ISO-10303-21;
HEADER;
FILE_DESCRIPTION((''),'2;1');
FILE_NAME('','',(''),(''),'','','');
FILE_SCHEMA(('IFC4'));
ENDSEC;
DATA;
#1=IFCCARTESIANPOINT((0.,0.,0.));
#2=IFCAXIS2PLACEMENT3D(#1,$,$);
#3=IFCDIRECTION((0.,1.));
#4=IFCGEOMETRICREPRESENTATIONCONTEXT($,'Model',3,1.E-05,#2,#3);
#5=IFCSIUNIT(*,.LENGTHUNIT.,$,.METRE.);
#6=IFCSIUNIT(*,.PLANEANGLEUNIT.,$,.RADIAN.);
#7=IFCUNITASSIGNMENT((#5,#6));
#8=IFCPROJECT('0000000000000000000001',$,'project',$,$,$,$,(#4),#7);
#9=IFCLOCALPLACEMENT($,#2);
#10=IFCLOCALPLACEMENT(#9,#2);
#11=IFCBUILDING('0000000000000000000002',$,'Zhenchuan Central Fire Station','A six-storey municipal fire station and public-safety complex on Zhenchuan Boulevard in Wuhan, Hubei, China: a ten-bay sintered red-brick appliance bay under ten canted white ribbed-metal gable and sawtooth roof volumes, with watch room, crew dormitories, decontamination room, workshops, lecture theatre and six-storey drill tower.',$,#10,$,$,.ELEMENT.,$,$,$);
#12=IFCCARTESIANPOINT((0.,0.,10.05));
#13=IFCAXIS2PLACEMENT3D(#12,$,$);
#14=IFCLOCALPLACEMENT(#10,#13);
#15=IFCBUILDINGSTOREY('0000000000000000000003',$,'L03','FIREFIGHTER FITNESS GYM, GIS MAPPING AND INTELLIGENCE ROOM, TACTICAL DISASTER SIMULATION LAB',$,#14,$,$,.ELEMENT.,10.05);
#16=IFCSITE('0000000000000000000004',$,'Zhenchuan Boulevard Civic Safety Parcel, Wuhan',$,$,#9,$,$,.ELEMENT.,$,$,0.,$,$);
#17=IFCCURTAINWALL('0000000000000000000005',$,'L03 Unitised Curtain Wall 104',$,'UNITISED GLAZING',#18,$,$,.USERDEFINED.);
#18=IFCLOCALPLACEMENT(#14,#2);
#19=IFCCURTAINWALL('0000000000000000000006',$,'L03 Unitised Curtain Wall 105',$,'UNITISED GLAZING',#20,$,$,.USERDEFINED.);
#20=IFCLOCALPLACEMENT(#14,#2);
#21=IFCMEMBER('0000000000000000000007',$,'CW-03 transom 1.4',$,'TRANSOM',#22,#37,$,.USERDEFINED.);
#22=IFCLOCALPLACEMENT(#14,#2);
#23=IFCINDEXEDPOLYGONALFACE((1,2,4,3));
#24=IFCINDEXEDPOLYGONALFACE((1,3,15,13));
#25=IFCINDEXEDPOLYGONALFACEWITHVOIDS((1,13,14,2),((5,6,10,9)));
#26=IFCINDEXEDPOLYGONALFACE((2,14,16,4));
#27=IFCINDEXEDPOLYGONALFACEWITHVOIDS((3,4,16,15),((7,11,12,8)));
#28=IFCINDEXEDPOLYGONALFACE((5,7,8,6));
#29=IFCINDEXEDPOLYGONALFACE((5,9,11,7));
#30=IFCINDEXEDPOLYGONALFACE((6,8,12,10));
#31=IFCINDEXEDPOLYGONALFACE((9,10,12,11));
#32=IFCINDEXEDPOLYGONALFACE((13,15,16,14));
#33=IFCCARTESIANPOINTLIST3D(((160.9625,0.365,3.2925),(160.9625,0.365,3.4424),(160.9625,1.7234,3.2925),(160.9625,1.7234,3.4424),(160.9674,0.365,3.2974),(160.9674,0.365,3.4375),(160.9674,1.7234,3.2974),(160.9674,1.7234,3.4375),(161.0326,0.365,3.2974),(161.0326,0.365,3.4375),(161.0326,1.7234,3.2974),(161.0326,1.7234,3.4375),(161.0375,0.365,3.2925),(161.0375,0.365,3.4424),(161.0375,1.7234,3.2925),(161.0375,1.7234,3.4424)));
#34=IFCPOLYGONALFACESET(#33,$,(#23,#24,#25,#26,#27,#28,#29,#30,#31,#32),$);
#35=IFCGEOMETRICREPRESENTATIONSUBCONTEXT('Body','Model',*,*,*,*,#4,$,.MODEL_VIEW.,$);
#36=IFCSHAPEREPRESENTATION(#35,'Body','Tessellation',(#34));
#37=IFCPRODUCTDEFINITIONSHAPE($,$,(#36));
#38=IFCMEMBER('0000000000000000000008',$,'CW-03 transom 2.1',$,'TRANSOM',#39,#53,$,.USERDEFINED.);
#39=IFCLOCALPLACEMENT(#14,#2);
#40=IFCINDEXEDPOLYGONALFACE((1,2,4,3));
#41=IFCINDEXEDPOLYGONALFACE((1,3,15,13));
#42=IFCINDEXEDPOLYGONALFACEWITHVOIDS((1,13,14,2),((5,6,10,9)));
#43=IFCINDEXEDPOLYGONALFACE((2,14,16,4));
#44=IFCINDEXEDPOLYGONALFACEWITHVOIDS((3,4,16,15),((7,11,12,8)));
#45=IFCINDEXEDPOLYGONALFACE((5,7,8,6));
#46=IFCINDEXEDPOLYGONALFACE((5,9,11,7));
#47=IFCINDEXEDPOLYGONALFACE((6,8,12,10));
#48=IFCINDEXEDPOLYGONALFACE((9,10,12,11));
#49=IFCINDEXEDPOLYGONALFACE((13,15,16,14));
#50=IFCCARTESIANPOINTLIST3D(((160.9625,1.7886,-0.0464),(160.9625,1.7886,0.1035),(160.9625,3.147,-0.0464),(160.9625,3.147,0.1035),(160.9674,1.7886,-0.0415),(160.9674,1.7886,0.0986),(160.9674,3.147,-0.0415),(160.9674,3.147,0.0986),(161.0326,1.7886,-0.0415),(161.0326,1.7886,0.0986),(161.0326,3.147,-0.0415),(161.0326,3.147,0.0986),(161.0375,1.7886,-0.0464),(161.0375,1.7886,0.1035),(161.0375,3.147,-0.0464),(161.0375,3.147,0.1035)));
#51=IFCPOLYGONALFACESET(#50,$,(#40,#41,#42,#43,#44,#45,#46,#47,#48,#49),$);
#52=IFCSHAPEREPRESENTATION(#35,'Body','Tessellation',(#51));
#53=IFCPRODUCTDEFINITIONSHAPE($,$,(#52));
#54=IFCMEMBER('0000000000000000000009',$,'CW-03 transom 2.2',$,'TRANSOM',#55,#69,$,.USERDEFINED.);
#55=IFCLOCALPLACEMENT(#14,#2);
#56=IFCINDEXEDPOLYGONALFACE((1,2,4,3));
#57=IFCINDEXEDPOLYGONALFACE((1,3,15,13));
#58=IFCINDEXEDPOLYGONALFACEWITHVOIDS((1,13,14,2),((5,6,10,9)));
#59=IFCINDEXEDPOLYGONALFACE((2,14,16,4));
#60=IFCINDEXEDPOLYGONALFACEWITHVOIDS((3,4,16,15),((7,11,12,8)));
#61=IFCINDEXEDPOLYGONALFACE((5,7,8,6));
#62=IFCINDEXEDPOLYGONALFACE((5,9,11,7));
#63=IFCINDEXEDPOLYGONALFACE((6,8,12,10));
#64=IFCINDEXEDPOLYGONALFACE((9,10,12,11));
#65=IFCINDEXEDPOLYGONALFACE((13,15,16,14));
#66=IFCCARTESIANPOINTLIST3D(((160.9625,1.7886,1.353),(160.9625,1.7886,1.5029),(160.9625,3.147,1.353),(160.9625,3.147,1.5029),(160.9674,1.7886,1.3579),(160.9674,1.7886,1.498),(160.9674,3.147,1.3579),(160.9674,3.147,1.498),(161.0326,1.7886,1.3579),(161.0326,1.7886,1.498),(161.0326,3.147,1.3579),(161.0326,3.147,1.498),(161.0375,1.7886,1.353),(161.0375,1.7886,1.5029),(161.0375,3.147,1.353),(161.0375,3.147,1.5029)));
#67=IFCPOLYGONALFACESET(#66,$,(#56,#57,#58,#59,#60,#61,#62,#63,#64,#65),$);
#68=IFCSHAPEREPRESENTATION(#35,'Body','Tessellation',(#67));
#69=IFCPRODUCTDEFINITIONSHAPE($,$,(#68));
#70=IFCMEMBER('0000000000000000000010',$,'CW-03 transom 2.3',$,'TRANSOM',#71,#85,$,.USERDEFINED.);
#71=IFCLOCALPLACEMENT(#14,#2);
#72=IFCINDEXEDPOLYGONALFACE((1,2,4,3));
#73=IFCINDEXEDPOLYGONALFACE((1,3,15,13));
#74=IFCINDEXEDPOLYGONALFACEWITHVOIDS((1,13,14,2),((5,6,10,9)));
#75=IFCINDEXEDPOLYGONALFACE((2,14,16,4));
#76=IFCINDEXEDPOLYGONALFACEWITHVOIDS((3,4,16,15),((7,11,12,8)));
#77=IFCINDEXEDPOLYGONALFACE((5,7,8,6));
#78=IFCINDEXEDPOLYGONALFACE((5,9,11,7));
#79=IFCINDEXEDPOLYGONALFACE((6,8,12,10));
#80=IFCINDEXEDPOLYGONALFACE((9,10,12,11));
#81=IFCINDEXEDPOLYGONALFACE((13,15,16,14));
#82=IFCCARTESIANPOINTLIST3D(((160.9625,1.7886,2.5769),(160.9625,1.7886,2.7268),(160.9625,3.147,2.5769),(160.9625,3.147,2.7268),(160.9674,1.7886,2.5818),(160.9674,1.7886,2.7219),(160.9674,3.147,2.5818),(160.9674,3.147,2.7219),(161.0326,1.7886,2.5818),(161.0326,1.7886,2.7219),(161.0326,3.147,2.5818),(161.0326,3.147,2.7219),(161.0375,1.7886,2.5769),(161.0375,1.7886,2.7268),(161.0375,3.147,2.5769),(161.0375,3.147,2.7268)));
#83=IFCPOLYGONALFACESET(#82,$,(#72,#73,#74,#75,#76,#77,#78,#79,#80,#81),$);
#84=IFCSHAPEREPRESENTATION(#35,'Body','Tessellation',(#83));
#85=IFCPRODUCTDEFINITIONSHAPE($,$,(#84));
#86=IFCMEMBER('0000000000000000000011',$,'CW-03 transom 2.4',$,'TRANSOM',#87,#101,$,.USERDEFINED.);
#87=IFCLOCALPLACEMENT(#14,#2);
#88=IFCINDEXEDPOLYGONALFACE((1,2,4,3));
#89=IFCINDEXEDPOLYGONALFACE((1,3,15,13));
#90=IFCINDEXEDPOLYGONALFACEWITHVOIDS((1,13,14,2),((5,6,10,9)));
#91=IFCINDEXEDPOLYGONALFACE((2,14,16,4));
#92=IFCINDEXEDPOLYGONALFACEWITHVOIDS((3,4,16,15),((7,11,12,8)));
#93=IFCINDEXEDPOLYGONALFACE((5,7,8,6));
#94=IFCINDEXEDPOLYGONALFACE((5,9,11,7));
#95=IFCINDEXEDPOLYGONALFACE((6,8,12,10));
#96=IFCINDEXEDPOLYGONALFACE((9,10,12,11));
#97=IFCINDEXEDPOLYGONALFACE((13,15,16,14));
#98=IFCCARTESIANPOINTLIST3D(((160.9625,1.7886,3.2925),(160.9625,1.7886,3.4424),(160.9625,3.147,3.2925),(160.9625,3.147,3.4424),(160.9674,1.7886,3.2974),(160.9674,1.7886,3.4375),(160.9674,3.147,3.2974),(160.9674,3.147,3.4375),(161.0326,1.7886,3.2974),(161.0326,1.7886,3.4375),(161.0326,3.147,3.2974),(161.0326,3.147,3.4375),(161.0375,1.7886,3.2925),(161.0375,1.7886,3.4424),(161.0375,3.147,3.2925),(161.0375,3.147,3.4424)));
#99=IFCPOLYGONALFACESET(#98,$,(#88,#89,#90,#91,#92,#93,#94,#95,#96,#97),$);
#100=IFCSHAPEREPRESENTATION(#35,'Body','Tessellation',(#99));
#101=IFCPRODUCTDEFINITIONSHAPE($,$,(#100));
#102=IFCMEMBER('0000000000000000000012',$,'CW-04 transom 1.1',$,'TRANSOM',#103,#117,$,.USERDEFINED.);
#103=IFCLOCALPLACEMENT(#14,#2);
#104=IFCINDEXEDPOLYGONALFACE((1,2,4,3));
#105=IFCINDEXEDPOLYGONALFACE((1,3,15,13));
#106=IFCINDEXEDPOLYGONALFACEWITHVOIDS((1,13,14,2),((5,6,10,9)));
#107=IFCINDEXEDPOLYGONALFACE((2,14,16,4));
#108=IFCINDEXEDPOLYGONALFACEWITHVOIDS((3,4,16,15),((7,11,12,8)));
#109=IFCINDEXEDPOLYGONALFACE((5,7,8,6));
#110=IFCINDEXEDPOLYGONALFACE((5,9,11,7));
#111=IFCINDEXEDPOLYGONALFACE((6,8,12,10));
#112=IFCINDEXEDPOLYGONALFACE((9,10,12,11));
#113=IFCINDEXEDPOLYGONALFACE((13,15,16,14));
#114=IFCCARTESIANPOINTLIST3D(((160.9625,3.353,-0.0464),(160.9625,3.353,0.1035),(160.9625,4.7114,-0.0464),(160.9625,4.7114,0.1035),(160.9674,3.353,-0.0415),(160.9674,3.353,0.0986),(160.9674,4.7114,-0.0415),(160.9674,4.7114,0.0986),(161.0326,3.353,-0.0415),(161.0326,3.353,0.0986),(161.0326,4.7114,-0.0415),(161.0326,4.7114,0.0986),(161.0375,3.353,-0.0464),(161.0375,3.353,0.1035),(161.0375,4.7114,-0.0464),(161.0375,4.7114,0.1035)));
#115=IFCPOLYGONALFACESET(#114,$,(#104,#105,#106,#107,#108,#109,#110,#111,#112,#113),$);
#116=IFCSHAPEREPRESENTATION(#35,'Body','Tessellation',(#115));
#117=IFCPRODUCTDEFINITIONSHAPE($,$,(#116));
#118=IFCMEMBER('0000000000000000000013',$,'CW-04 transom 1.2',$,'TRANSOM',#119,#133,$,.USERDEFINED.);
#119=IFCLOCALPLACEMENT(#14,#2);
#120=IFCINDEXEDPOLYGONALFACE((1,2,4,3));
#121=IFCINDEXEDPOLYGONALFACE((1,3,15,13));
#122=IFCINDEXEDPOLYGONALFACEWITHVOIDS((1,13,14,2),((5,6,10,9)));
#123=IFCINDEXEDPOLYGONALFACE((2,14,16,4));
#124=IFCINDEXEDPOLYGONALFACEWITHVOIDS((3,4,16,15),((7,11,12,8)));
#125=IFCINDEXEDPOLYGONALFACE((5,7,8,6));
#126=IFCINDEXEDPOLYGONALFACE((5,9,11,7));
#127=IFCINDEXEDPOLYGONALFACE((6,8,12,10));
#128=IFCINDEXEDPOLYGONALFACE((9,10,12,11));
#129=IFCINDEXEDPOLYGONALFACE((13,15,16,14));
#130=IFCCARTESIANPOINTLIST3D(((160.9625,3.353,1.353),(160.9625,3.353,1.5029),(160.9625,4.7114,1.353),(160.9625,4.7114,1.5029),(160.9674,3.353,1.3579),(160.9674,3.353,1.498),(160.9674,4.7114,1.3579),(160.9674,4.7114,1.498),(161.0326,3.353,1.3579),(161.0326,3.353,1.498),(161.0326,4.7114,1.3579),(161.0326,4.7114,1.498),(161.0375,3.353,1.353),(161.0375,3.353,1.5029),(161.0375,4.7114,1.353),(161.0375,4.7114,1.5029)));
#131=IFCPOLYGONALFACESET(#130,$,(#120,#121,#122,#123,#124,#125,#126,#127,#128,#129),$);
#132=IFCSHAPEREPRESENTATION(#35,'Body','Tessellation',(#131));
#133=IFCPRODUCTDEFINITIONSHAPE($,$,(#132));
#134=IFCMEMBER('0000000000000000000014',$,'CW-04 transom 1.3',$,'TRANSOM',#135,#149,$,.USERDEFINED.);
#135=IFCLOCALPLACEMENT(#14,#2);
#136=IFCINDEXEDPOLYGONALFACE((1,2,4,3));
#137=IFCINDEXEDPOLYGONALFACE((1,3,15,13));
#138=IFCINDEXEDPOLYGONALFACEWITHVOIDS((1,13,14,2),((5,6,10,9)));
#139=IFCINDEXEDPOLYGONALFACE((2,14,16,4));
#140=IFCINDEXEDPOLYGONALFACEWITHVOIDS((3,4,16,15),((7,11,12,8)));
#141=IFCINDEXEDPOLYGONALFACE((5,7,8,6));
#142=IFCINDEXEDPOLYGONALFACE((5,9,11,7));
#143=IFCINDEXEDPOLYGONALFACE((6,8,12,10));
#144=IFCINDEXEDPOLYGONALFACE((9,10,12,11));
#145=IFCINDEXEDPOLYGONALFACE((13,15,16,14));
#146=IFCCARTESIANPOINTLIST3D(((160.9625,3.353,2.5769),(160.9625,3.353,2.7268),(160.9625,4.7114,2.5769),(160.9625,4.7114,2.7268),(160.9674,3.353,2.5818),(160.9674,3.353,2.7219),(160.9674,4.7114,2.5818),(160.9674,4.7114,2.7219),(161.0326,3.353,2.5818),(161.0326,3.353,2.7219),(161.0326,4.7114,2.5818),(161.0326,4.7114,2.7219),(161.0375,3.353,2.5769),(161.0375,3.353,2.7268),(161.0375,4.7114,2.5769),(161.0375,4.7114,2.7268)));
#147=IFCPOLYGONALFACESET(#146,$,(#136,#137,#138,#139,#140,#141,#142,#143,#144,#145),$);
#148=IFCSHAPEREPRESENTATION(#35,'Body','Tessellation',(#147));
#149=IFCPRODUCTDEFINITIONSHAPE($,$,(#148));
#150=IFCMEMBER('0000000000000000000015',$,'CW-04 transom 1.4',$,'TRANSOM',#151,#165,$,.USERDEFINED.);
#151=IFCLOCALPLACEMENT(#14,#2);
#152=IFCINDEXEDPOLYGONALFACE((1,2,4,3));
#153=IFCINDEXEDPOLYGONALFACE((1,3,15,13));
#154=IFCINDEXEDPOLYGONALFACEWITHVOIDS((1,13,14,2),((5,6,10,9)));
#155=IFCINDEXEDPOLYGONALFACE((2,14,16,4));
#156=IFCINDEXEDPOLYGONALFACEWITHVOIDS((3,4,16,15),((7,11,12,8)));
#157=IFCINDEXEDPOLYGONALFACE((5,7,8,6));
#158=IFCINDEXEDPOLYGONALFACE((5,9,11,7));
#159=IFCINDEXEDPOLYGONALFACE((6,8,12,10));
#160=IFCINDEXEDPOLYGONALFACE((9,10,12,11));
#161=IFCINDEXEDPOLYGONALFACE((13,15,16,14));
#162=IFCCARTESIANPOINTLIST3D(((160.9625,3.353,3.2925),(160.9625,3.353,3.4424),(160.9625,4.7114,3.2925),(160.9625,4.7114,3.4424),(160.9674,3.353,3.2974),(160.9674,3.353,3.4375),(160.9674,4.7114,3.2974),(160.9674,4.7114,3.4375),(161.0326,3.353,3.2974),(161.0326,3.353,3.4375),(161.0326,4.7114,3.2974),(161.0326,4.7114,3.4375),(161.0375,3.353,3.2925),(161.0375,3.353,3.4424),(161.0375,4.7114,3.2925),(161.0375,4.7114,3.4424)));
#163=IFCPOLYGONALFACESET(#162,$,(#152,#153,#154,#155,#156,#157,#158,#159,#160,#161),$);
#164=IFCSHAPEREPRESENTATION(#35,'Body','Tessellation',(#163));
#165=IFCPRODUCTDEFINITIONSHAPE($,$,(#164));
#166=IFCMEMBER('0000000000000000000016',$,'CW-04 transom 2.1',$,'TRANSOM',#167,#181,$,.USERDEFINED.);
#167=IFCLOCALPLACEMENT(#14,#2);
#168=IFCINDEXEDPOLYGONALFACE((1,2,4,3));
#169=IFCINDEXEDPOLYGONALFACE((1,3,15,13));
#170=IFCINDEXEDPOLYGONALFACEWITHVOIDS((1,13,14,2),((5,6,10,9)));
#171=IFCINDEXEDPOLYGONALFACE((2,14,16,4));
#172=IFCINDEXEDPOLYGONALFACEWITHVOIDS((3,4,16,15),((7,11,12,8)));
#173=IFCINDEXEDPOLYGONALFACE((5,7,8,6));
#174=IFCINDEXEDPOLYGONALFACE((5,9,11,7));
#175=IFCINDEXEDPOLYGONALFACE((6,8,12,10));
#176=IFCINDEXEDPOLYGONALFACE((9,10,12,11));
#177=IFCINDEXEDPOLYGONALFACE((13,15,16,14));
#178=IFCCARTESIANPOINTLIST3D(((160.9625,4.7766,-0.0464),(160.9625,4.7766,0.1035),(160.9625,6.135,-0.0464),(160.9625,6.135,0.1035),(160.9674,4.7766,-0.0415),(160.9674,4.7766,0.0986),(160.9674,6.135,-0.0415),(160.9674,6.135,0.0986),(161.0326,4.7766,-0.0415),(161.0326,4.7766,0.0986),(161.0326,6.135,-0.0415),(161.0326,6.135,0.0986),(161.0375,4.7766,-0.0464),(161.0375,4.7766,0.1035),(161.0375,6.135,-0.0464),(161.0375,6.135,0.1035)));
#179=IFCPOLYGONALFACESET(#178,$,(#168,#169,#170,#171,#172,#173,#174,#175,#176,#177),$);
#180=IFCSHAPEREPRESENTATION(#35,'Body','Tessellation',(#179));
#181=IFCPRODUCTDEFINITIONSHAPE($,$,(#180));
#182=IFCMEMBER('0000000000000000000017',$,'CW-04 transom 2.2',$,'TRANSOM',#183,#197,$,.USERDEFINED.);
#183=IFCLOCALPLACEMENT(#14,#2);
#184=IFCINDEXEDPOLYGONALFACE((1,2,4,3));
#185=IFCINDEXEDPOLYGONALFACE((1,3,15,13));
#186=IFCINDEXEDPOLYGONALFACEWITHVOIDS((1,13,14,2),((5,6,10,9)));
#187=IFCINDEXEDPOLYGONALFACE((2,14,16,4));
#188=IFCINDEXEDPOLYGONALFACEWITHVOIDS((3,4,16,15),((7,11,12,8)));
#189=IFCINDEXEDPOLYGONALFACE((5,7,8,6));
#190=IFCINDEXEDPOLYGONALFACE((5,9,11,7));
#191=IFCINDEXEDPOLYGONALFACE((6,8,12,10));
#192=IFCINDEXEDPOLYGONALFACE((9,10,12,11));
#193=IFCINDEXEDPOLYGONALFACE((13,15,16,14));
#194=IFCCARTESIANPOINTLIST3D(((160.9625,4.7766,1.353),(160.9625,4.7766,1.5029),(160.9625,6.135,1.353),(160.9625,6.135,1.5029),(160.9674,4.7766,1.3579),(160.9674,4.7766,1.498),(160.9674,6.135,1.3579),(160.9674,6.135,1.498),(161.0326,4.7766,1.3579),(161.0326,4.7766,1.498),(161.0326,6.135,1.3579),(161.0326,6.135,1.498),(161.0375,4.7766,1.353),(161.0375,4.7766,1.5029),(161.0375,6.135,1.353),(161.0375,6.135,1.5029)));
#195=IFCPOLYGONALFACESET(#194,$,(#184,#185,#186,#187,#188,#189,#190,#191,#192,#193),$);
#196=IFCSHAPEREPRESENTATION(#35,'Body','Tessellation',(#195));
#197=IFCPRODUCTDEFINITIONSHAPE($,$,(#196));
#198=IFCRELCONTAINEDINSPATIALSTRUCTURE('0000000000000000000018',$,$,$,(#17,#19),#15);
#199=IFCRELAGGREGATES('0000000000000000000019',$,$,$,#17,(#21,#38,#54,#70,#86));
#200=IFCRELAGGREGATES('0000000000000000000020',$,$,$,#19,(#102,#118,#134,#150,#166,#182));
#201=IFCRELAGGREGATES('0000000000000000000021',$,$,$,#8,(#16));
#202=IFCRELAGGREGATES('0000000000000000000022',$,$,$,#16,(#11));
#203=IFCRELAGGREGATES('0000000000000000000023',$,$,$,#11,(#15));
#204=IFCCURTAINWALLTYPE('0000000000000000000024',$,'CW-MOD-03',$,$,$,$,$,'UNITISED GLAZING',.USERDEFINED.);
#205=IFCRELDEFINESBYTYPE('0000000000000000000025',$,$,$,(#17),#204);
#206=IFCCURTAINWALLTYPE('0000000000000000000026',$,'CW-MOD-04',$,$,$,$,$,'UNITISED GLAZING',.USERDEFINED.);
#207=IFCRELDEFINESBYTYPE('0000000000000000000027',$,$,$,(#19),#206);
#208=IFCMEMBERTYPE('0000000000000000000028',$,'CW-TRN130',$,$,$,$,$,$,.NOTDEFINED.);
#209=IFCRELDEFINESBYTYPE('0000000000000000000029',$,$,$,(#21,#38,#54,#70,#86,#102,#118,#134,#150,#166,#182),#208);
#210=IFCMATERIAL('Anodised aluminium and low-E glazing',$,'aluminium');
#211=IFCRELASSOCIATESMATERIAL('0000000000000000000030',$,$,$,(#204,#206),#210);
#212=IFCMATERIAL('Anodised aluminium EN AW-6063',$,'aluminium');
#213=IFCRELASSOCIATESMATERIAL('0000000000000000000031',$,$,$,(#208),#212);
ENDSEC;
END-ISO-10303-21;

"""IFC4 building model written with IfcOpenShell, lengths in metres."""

from ifc_helpers import new_model, si_unit, direction, frame, origin, origin_2d, place, context, subcontext, project, spatial, hollow_rectangle, extrude, material, material_profile, profile_set, type_object, element, aggregate, save


model = new_model("IFC4")

# Units and contexts
model_context = context("Model", 3, precision=1e-05, world=origin(), true_north=direction((0.0, 1.0)))
body_context = subcontext(model_context, "Body", "Model", "MODEL_VIEW")
ifc_project = project(units=[si_unit("LENGTHUNIT", "METRE"), si_unit("PLANEANGLEUNIT", "RADIAN")], contexts=[model_context])

# Site, building, storey
site_placement = place(None, origin())
site = spatial("IfcSite", under=ifc_project, at=site_placement, Name="Zhenchuan Boulevard Civic Safety Parcel, Wuhan", CompositionType="ELEMENT", RefElevation=0.0)
building_placement = place(site_placement, origin())
building = spatial("IfcBuilding", under=site, at=building_placement, Name="Zhenchuan Central Fire Station", Description="A six-storey municipal fire station and public-safety complex on Zhenchuan Boulevard in Wuhan, Hubei, China: a ten-bay sintered red-brick appliance bay under ten canted white ribbed-metal gable and sawtooth roof volumes, with watch room, crew dormitories, decontamination room, workshops, lecture theatre and six-storey drill tower.", CompositionType="ELEMENT")
storey_placement = place(building_placement, frame((0.0, 0.0, 10.05)))
storey = spatial("IfcBuildingStorey", under=building, at=storey_placement, Name="L03", Description="FIREFIGHTER FITNESS GYM, GIS MAPPING AND INTELLIGENCE ROOM, TACTICAL DISASTER SIMULATION LAB", CompositionType="ELEMENT", Elevation=10.05)

# Curtain walls
ifc_material_1 = material(Name="Anodised aluminium and low-E glazing", Category="aluminium")
curtain_wall_type_1 = type_object("IfcCurtainWallType", Name="CW-MOD-03", ElementType="UNITISED GLAZING", PredefinedType="USERDEFINED", material=ifc_material_1)
curtain_wall_1_placement = place(storey_placement, origin())
curtain_wall_1 = element("IfcCurtainWall", 1, at=curtain_wall_1_placement, inside=storey, type_object=curtain_wall_type_1, Name="L03 Unitised Curtain Wall 104", ObjectType="UNITISED GLAZING", PredefinedType="USERDEFINED")
ifc_material_2 = material(Name="Anodised aluminium EN AW-6063", Category="aluminium")
curtain_wall_type_2 = type_object("IfcCurtainWallType", Name="CW-MOD-04", ElementType="UNITISED GLAZING", PredefinedType="USERDEFINED", material=ifc_material_1)
curtain_wall_2_placement = place(storey_placement, origin())
curtain_wall_2 = element("IfcCurtainWall", 2, at=curtain_wall_2_placement, inside=storey, type_object=curtain_wall_type_2, Name="L03 Unitised Curtain Wall 105", ObjectType="UNITISED GLAZING", PredefinedType="USERDEFINED")

# Members
ifc_material_profile_1 = material_profile(ifc_material_2, hollow_rectangle(XDim=0.075, YDim=0.1499, WallThickness=0.0049, at=origin_2d()), Name="ALU-T 150x75")
ifc_profile_set_1 = profile_set([ifc_material_profile_1], Name="Anodised aluminium EN AW-6063")
member_type_1 = type_object("IfcMemberType", Name="CW-TRN130", PredefinedType="NOTDEFINED", material=ifc_profile_set_1)
member_1_placement = place(storey_placement, frame((161.0, 0.365, 3.3674), z_axis=(0.0, 1.0, 0.0), x_axis=(-1.0, 0.0, 0.0)))
member_1 = element("IfcMember", 3, at=member_1_placement, type_object=member_type_1, Name="CW-03 transom 1.4", ObjectType="TRANSOM", PredefinedType="USERDEFINED", context=body_context, shape_type="SweptSolid", body=[
    extrude(hollow_rectangle(XDim=0.075, YDim=0.1499, WallThickness=0.0049, at=origin_2d()), origin(), (0.0, 0.0, 1.0), 1.3584),
])
member_2_placement = place(storey_placement, frame((161.0, 1.7886, 0.0286), z_axis=(0.0, 1.0, 0.0), x_axis=(-1.0, 0.0, 0.0)))
member_2 = element("IfcMember", 4, at=member_2_placement, type_object=member_type_1, Name="CW-03 transom 2.1", ObjectType="TRANSOM", PredefinedType="USERDEFINED", context=body_context, shape_type="SweptSolid", body=[
    extrude(hollow_rectangle(XDim=0.075, YDim=0.1499, WallThickness=0.0049, at=origin_2d()), origin(), (0.0, 0.0, 1.0), 1.3584),
])
member_3_placement = place(storey_placement, frame((161.0, 1.7886, 1.428), z_axis=(0.0, 1.0, 0.0), x_axis=(-1.0, 0.0, 0.0)))
member_3 = element("IfcMember", 5, at=member_3_placement, type_object=member_type_1, Name="CW-03 transom 2.2", ObjectType="TRANSOM", PredefinedType="USERDEFINED", context=body_context, shape_type="SweptSolid", body=[
    extrude(hollow_rectangle(XDim=0.075, YDim=0.1499, WallThickness=0.0049, at=origin_2d()), origin(), (0.0, 0.0, 1.0), 1.3584),
])
member_4_placement = place(storey_placement, frame((161.0, 1.7886, 2.6519), z_axis=(0.0, 1.0, 0.0), x_axis=(-1.0, 0.0, 0.0)))
member_4 = element("IfcMember", 6, at=member_4_placement, type_object=member_type_1, Name="CW-03 transom 2.3", ObjectType="TRANSOM", PredefinedType="USERDEFINED", context=body_context, shape_type="SweptSolid", body=[
    extrude(hollow_rectangle(XDim=0.075, YDim=0.1499, WallThickness=0.0049, at=origin_2d()), origin(), (0.0, 0.0, 1.0), 1.3584),
])
member_5_placement = place(storey_placement, frame((161.0, 1.7886, 3.3674), z_axis=(0.0, 1.0, 0.0), x_axis=(-1.0, 0.0, 0.0)))
member_5 = element("IfcMember", 7, at=member_5_placement, type_object=member_type_1, Name="CW-03 transom 2.4", ObjectType="TRANSOM", PredefinedType="USERDEFINED", context=body_context, shape_type="SweptSolid", body=[
    extrude(hollow_rectangle(XDim=0.075, YDim=0.1499, WallThickness=0.0049, at=origin_2d()), origin(), (0.0, 0.0, 1.0), 1.3584),
])
member_6_placement = place(storey_placement, frame((161.0, 3.353, 0.0286), z_axis=(0.0, 1.0, 0.0), x_axis=(-1.0, 0.0, 0.0)))
member_6 = element("IfcMember", 8, at=member_6_placement, type_object=member_type_1, Name="CW-04 transom 1.1", ObjectType="TRANSOM", PredefinedType="USERDEFINED", context=body_context, shape_type="SweptSolid", body=[
    extrude(hollow_rectangle(XDim=0.075, YDim=0.1499, WallThickness=0.0049, at=origin_2d()), origin(), (0.0, 0.0, 1.0), 1.3584),
])
member_7_placement = place(storey_placement, frame((161.0, 3.353, 1.428), z_axis=(0.0, 1.0, 0.0), x_axis=(-1.0, 0.0, 0.0)))
member_7 = element("IfcMember", 9, at=member_7_placement, type_object=member_type_1, Name="CW-04 transom 1.2", ObjectType="TRANSOM", PredefinedType="USERDEFINED", context=body_context, shape_type="SweptSolid", body=[
    extrude(hollow_rectangle(XDim=0.075, YDim=0.1499, WallThickness=0.0049, at=origin_2d()), origin(), (0.0, 0.0, 1.0), 1.3584),
])
member_8_placement = place(storey_placement, frame((161.0, 3.353, 2.6519), z_axis=(0.0, 1.0, 0.0), x_axis=(-1.0, 0.0, 0.0)))
member_8 = element("IfcMember", 10, at=member_8_placement, type_object=member_type_1, Name="CW-04 transom 1.3", ObjectType="TRANSOM", PredefinedType="USERDEFINED", context=body_context, shape_type="SweptSolid", body=[
    extrude(hollow_rectangle(XDim=0.075, YDim=0.1499, WallThickness=0.0049, at=origin_2d()), origin(), (0.0, 0.0, 1.0), 1.3584),
])
member_9_placement = place(storey_placement, frame((161.0, 3.353, 3.3674), z_axis=(0.0, 1.0, 0.0), x_axis=(-1.0, 0.0, 0.0)))
member_9 = element("IfcMember", 11, at=member_9_placement, type_object=member_type_1, Name="CW-04 transom 1.4", ObjectType="TRANSOM", PredefinedType="USERDEFINED", context=body_context, shape_type="SweptSolid", body=[
    extrude(hollow_rectangle(XDim=0.075, YDim=0.1499, WallThickness=0.0049, at=origin_2d()), origin(), (0.0, 0.0, 1.0), 1.3584),
])
member_10_placement = place(storey_placement, frame((161.0, 4.7766, 0.0286), z_axis=(0.0, 1.0, 0.0), x_axis=(-1.0, 0.0, 0.0)))
member_10 = element("IfcMember", 12, at=member_10_placement, type_object=member_type_1, Name="CW-04 transom 2.1", ObjectType="TRANSOM", PredefinedType="USERDEFINED", context=body_context, shape_type="SweptSolid", body=[
    extrude(hollow_rectangle(XDim=0.075, YDim=0.1499, WallThickness=0.0049, at=origin_2d()), origin(), (0.0, 0.0, 1.0), 1.3584),
])
member_11_placement = place(storey_placement, frame((161.0, 4.7766, 1.428), z_axis=(0.0, 1.0, 0.0), x_axis=(-1.0, 0.0, 0.0)))
member_11 = element("IfcMember", 13, at=member_11_placement, type_object=member_type_1, Name="CW-04 transom 2.2", ObjectType="TRANSOM", PredefinedType="USERDEFINED", context=body_context, shape_type="SweptSolid", body=[
    extrude(hollow_rectangle(XDim=0.075, YDim=0.1499, WallThickness=0.0049, at=origin_2d()), origin(), (0.0, 0.0, 1.0), 1.3584),
])

aggregate(curtain_wall_1, [member_1, member_2, member_3, member_4, member_5])
aggregate(curtain_wall_2, [member_6, member_7, member_8, member_9, member_10, member_11])

save(model, "model.ifc")
